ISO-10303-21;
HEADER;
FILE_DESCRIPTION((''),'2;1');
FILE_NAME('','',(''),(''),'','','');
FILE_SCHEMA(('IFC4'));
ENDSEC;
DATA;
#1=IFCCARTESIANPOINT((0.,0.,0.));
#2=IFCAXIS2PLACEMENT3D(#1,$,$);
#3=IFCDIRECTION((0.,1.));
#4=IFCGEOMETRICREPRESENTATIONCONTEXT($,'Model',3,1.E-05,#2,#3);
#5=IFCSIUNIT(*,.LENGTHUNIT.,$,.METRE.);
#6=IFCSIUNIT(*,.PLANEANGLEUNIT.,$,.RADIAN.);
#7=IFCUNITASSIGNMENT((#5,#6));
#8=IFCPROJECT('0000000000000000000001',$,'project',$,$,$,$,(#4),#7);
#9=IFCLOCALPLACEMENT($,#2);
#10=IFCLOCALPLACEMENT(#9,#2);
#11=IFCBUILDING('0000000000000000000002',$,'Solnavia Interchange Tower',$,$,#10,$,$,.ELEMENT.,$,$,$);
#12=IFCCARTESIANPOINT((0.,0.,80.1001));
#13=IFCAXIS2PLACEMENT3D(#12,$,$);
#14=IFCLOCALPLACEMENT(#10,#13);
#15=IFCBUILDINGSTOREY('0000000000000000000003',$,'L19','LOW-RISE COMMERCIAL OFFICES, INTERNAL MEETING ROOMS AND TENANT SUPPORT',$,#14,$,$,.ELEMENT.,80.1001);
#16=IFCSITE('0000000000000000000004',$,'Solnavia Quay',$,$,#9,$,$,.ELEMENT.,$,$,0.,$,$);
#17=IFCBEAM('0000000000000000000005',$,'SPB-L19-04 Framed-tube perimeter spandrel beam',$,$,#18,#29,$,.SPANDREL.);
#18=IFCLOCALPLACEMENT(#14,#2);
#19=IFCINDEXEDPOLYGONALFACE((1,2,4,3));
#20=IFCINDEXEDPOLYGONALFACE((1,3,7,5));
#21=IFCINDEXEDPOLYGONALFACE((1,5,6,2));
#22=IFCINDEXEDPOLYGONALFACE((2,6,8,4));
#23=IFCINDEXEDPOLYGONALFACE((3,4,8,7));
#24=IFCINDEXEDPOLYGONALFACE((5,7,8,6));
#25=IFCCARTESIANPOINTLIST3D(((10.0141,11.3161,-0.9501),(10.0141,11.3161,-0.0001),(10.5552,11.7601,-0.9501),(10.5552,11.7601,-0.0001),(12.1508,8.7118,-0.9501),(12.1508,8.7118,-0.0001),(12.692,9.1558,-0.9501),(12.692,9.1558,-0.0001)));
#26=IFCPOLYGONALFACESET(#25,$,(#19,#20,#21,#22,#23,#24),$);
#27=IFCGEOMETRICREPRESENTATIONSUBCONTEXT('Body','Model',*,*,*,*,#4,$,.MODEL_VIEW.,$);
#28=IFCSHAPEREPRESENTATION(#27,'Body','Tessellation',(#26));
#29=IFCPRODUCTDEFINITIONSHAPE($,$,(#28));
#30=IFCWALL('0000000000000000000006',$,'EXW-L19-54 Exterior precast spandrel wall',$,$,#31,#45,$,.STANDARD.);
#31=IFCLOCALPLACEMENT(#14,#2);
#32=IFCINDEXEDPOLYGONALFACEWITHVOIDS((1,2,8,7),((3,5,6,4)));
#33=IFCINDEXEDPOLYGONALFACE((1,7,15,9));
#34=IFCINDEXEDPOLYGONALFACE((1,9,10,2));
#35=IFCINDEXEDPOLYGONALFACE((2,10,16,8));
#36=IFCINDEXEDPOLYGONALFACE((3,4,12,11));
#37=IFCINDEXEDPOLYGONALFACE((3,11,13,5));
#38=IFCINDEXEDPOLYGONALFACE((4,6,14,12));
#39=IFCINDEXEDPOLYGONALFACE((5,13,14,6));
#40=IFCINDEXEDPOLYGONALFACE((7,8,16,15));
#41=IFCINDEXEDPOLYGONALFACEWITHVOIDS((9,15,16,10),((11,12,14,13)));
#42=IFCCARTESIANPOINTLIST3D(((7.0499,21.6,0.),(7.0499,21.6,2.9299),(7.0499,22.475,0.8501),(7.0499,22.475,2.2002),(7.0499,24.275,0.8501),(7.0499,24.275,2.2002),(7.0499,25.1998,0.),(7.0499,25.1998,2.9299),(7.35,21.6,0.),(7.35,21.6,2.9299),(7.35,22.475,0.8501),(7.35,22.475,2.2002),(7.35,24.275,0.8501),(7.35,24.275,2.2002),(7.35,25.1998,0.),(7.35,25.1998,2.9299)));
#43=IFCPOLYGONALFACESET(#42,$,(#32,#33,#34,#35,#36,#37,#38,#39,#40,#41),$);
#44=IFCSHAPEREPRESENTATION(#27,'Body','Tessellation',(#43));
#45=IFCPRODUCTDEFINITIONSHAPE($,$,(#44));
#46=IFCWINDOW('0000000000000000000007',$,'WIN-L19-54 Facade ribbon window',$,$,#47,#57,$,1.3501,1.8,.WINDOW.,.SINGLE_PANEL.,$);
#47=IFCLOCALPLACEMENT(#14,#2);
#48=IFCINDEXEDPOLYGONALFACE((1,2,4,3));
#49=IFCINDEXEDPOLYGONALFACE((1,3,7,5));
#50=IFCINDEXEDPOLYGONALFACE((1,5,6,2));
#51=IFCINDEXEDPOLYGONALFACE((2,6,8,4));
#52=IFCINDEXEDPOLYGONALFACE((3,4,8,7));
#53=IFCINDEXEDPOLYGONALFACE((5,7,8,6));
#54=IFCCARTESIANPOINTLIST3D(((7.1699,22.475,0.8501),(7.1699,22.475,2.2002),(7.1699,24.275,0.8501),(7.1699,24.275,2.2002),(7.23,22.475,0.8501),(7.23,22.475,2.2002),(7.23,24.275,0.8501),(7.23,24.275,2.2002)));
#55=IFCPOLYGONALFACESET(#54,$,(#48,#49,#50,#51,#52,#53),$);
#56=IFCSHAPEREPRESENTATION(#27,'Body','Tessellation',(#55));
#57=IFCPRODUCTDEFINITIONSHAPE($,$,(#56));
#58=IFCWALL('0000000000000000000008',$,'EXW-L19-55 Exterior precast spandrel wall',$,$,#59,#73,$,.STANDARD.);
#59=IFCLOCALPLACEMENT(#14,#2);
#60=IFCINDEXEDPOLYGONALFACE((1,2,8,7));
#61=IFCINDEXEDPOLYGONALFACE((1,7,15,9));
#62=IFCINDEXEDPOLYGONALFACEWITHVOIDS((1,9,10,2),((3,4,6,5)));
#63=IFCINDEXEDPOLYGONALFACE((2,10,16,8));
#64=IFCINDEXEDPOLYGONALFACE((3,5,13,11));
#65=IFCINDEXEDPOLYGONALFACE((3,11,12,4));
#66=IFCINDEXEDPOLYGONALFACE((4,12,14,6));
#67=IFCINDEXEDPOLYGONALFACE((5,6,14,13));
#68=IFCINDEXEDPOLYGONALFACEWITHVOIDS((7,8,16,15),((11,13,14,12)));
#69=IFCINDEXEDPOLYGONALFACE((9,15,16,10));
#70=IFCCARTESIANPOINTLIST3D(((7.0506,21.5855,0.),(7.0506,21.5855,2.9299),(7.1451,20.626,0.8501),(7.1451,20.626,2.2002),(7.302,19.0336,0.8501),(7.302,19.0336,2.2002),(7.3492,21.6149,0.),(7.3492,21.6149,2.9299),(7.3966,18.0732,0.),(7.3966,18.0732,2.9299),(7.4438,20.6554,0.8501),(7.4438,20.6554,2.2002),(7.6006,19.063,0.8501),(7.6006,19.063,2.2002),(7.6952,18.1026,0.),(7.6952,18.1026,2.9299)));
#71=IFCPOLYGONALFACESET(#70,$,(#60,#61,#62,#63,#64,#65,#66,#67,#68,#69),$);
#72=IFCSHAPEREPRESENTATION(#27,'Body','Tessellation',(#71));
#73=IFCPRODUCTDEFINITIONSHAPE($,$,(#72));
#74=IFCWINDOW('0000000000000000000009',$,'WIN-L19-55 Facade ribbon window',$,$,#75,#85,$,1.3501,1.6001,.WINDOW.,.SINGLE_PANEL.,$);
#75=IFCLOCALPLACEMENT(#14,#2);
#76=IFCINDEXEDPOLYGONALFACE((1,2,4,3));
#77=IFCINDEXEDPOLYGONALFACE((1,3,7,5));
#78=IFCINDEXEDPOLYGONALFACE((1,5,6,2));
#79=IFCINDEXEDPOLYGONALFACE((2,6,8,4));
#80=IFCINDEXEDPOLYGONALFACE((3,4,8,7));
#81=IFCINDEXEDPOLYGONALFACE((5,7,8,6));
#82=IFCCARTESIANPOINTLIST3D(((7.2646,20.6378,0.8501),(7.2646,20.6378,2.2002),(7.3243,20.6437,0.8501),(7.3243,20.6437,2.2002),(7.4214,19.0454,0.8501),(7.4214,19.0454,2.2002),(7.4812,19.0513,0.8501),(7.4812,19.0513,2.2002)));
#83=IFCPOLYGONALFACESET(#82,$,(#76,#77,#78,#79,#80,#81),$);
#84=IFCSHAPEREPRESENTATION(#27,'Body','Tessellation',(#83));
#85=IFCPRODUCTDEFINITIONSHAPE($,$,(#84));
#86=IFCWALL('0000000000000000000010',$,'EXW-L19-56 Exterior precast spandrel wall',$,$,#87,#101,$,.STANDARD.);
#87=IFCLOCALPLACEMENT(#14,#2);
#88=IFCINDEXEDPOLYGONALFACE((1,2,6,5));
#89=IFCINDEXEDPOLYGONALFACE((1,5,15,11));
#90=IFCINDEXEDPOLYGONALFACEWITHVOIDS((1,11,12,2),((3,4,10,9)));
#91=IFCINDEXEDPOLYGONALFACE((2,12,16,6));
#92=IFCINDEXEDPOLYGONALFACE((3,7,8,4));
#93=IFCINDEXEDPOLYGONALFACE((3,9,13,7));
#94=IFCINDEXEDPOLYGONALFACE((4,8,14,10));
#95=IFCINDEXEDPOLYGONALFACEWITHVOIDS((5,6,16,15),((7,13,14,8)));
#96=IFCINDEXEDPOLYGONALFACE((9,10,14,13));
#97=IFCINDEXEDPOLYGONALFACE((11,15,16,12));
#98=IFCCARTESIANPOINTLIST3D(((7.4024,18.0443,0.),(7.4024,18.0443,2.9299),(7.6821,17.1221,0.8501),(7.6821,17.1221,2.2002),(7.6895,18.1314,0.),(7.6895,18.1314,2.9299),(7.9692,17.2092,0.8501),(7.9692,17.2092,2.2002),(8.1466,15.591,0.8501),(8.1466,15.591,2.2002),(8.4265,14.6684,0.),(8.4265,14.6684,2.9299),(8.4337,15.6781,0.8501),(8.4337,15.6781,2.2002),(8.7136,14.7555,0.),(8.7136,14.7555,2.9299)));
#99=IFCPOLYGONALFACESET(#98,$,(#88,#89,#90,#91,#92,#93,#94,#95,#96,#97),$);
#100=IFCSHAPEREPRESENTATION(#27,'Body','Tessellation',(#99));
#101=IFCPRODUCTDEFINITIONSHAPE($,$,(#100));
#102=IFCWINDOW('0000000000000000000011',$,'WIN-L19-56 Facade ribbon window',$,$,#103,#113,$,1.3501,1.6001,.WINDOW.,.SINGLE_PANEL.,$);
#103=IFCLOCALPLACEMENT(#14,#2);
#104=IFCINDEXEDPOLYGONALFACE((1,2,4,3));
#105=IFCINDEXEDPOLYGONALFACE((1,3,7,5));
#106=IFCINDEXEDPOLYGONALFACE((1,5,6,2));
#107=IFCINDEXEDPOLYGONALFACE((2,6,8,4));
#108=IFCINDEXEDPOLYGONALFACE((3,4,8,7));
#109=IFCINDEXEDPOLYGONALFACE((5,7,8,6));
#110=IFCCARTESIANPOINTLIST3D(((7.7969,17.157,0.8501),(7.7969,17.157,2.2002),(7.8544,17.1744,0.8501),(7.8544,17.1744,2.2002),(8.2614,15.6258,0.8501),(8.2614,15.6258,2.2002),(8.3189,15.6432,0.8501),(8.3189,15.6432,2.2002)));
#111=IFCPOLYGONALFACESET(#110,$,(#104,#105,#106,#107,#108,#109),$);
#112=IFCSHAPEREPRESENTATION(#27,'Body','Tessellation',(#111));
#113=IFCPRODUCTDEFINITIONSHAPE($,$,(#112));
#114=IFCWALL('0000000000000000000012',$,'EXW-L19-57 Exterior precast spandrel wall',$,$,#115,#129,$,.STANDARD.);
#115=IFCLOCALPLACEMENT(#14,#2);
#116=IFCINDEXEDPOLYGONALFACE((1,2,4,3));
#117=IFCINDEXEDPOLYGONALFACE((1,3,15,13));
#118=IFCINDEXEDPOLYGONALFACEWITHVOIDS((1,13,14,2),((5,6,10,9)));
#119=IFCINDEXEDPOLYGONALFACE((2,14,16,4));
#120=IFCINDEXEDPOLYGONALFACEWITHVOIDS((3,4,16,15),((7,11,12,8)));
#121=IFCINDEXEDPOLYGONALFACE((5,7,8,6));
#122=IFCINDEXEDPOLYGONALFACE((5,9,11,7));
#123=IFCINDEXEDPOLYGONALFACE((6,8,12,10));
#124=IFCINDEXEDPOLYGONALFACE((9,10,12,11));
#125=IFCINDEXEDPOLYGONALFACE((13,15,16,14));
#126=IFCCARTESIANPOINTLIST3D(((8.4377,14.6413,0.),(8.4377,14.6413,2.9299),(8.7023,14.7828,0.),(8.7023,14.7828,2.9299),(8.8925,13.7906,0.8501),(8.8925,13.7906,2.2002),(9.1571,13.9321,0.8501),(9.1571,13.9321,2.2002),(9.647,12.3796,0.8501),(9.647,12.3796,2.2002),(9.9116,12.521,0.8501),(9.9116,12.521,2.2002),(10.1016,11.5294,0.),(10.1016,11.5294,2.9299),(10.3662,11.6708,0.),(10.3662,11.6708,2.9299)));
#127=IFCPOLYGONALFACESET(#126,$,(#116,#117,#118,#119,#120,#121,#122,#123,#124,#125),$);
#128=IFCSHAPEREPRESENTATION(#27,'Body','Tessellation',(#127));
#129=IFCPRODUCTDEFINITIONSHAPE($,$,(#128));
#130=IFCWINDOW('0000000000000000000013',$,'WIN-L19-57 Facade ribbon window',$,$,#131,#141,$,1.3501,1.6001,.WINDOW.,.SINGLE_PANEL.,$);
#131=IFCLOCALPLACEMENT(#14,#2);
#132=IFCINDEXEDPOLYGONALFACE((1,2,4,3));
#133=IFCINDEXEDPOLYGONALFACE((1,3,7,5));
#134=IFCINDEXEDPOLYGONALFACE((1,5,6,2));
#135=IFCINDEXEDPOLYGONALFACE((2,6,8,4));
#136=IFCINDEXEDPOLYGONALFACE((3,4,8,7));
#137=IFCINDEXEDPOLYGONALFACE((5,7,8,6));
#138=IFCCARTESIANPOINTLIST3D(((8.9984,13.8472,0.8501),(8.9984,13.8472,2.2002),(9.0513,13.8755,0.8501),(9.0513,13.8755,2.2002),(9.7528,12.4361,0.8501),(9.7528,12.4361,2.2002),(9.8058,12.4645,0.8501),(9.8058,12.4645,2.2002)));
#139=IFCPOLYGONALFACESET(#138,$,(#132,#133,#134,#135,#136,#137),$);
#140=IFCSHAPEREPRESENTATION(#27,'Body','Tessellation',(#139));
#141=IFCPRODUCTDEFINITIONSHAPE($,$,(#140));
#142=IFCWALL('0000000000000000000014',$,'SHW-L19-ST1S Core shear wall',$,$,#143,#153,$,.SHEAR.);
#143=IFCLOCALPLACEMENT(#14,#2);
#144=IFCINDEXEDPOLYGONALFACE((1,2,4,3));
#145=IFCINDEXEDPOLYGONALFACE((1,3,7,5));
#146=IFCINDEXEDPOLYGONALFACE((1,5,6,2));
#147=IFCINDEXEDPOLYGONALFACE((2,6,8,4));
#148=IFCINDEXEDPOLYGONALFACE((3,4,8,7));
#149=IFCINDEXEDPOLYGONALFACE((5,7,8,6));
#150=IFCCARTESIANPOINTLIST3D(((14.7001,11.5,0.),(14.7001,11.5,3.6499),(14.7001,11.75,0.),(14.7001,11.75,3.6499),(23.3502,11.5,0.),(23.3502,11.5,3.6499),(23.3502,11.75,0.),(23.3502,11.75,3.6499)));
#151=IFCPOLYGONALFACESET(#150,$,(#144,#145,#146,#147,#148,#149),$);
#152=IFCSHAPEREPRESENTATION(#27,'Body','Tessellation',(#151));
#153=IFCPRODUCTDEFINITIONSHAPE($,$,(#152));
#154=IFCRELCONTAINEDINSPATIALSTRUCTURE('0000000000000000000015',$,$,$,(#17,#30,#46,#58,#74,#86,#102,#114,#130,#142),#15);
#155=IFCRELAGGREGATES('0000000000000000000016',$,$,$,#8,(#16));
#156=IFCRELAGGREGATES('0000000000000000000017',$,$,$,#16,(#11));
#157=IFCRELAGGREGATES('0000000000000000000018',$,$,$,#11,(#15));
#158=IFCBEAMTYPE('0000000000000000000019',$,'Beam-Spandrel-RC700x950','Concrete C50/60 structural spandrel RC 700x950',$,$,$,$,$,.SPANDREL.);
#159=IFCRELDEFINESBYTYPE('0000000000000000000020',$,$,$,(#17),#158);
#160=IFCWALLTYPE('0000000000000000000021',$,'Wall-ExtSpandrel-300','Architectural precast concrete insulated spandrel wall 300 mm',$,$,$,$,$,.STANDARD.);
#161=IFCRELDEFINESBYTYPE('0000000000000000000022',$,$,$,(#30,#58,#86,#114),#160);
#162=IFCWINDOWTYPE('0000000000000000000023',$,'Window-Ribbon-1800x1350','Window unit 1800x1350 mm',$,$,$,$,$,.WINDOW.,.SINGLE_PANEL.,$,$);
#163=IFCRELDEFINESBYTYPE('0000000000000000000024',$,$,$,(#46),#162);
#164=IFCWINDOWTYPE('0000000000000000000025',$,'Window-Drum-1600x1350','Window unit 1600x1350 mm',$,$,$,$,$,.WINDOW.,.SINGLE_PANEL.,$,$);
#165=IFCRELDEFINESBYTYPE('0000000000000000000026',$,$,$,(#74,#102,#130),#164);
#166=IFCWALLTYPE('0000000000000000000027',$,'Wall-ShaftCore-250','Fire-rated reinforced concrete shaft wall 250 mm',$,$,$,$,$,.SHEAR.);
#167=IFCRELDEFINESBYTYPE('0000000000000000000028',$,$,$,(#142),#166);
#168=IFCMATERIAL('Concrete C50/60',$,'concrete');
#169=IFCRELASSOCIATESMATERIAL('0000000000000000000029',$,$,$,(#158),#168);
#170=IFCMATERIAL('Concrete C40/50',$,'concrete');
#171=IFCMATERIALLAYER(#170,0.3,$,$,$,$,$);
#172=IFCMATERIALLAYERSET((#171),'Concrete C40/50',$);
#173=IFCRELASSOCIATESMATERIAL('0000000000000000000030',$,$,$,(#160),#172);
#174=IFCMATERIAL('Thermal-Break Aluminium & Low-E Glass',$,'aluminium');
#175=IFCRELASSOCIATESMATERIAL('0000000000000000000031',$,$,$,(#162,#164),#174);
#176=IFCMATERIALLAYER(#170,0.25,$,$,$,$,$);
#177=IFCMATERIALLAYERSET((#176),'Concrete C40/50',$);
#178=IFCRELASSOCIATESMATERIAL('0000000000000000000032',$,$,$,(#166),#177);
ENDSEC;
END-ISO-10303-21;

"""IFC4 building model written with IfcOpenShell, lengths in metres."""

from ifc_helpers import new_model, si_unit, direction, frame, frame_2d, origin, origin_2d, place, context, subcontext, project, spatial, rectangle, extrude, material, layer, layer_set, material_profile, profile_set, type_object, element, fill, save


model = new_model("IFC4")

# Units and contexts
model_context = context("Model", 3, precision=1e-05, world=origin(), true_north=direction((0.0, 1.0)))
body_context = subcontext(model_context, "Body", "Model", "MODEL_VIEW")
ifc_project = project(units=[si_unit("LENGTHUNIT", "METRE"), si_unit("PLANEANGLEUNIT", "RADIAN")], contexts=[model_context])

# Site, building, storey
site_placement = place(None, origin())
site = spatial("IfcSite", under=ifc_project, at=site_placement, Name="Solnavia Quay", CompositionType="ELEMENT", RefElevation=0.0)
building_placement = place(site_placement, origin())
building = spatial("IfcBuilding", under=site, at=building_placement, Name="Solnavia Interchange Tower", CompositionType="ELEMENT")
storey_placement = place(building_placement, frame((0.0, 0.0, 80.1001)))
storey = spatial("IfcBuildingStorey", under=building, at=storey_placement, Name="L19", Description="LOW-RISE COMMERCIAL OFFICES, INTERNAL MEETING ROOMS AND TENANT SUPPORT", CompositionType="ELEMENT", Elevation=80.1001)

# Beam
ifc_material_1 = material(Name="Concrete C50/60", Category="concrete")
ifc_material_profile_1 = material_profile(ifc_material_1, rectangle(XDim=0.7, YDim=0.95, at=origin_2d()), Name="RC 700x950")
ifc_profile_set_1 = profile_set([ifc_material_profile_1], Name="Concrete C50/60")
beam_type_1 = type_object("IfcBeamType", Name="Beam-Spandrel-RC700x950", Description="Concrete C50/60 structural spandrel RC 700x950", PredefinedType="SPANDREL", material=ifc_profile_set_1)
beam_1_placement = place(storey_placement, frame((10.2847, 11.5381, -0.4751), z_axis=(0.634299, -0.773088, 0.0), x_axis=(0.773088, 0.634299, 0.0)))
element("IfcBeam", 1, at=beam_1_placement, inside=storey, type_object=beam_type_1, Name="SPB-L19-04 Framed-tube perimeter spandrel beam", PredefinedType="SPANDREL", context=body_context, shape_type="SweptSolid", body=[
    extrude(rectangle(XDim=0.7, YDim=0.95, at=origin_2d()), origin(), (0.0, 0.0, 1.0), 3.3687),
])

# Walls, openings, windows
ifc_material_2 = material(Name="Concrete C40/50", Category="concrete")
ifc_layer_1 = layer(ifc_material_2, 0.3)
ifc_layer_set_1 = layer_set([ifc_layer_1], Name="Concrete C40/50")
wall_type_1 = type_object("IfcWallType", Name="Wall-ExtSpandrel-300", Description="Architectural precast concrete insulated spandrel wall 300 mm", PredefinedType="STANDARD", material=ifc_layer_set_1)
wall_1_placement = place(storey_placement, frame((7.2, 21.6001, 0.0), z_axis=(0.0, 0.0, 1.0), x_axis=(0.0, 1.0, 0.0)))
wall_1 = element("IfcWall", 2, at=wall_1_placement, inside=storey, type_object=wall_type_1, Name="EXW-L19-54 Exterior precast spandrel wall", PredefinedType="STANDARD", context=body_context, shape_type="SweptSolid", body=[
    extrude(rectangle(XDim=3.5999, YDim=0.3, at=frame_2d((1.7998, 0.0))), origin(), (0.0, 0.0, 1.0), 2.9299),
])
opening_1_placement = place(wall_1_placement, frame((0.875, 0.0, 0.8501)))
opening_1 = element("IfcOpeningElement", 3, at=opening_1_placement, cuts=wall_1, PredefinedType="OPENING", context=body_context, shape_type="SweptSolid", body=[
    extrude(rectangle(XDim=1.8, YDim=1.3501, at=frame_2d((0.8999, 0.675))), frame((0.0, 0.1602, 0.0), z_axis=(0.0, -1.0, 0.0), x_axis=(1.0, 0.0, 0.0)), (0.0, 0.0, 1.0), 0.3201),
])
ifc_material_3 = material(Name="Thermal-Break Aluminium & Low-E Glass", Category="aluminium")
window_type_1 = type_object("IfcWindowType", Name="Window-Ribbon-1800x1350", Description="Window unit 1800x1350 mm", PartitioningType="SINGLE_PANEL", PredefinedType="WINDOW", material=ifc_material_3)
window_1_placement = place(opening_1_placement, origin())
window_1 = element("IfcWindow", 4, at=window_1_placement, inside=storey, type_object=window_type_1, Name="WIN-L19-54 Facade ribbon window", OverallHeight=1.3501, OverallWidth=1.8, PartitioningType="SINGLE_PANEL", PredefinedType="WINDOW", context=body_context, shape_type="SweptSolid", body=[
    extrude(rectangle(XDim=1.8, YDim=1.3501, at=frame_2d((0.8999, 0.675))), frame((0.0, 0.03, 0.0), z_axis=(0.0, -1.0, 0.0), x_axis=(1.0, 0.0, 0.0)), (0.0, 0.0, 1.0), 0.0601),
])
fill(opening_1, window_1)
wall_2_placement = place(storey_placement, frame((7.5459, 18.0879, 0.0), z_axis=(0.0, 0.0, 1.0), x_axis=(-0.098024, 0.995184, 0.0)))
wall_2 = element("IfcWall", 5, at=wall_2_placement, inside=storey, type_object=wall_type_1, Name="EXW-L19-55 Exterior precast spandrel wall", PredefinedType="STANDARD", context=body_context, shape_type="SweptSolid", body=[
    extrude(rectangle(XDim=3.5293, YDim=0.3, at=frame_2d((1.7646, 0.0))), origin(), (0.0, 0.0, 1.0), 2.9299),
])
opening_2_placement = place(wall_2_placement, frame((0.9651, 0.0, 0.8501)))
opening_2 = element("IfcOpeningElement", 6, at=opening_2_placement, cuts=wall_2, PredefinedType="OPENING", context=body_context, shape_type="SweptSolid", body=[
    extrude(rectangle(XDim=1.6001, YDim=1.3501, at=frame_2d((0.8, 0.675))), frame((0.0, 0.1602, 0.0), z_axis=(0.0, -1.0, 0.0), x_axis=(1.0, 0.0, 0.0)), (0.0, 0.0, 1.0), 0.3201),
])
window_type_2 = type_object("IfcWindowType", Name="Window-Drum-1600x1350", Description="Window unit 1600x1350 mm", PartitioningType="SINGLE_PANEL", PredefinedType="WINDOW", material=ifc_material_3)
window_2_placement = place(opening_2_placement, origin())
window_2 = element("IfcWindow", 7, at=window_2_placement, inside=storey, type_object=window_type_2, Name="WIN-L19-55 Facade ribbon window", OverallHeight=1.3501, OverallWidth=1.6001, PartitioningType="SINGLE_PANEL", PredefinedType="WINDOW", context=body_context, shape_type="SweptSolid", body=[
    extrude(rectangle(XDim=1.6001, YDim=1.3501, at=frame_2d((0.8, 0.675))), frame((0.0, 0.03, 0.0), z_axis=(0.0, -1.0, 0.0), x_axis=(1.0, 0.0, 0.0)), (0.0, 0.0, 1.0), 0.0601),
])
fill(opening_2, window_2)
wall_3_placement = place(storey_placement, frame((8.5701, 14.7119, 0.0), z_axis=(0.0, 0.0, 1.0), x_axis=(-0.290305, 0.956934, 0.0)))
wall_3 = element("IfcWall", 8, at=wall_3_placement, inside=storey, type_object=wall_type_1, Name="EXW-L19-56 Exterior precast spandrel wall", PredefinedType="STANDARD", context=body_context, shape_type="SweptSolid", body=[
    extrude(rectangle(XDim=3.5278, YDim=0.3, at=frame_2d((1.7639, 0.0))), origin(), (0.0, 0.0, 1.0), 2.9299),
])
opening_3_placement = place(wall_3_placement, frame((0.9641, 0.0, 0.8501)))
opening_3 = element("IfcOpeningElement", 9, at=opening_3_placement, cuts=wall_3, PredefinedType="OPENING", context=body_context, shape_type="SweptSolid", body=[
    extrude(rectangle(XDim=1.6001, YDim=1.3501, at=frame_2d((0.8, 0.675))), frame((0.0, 0.1602, 0.0), z_axis=(0.0, -1.0, 0.0), x_axis=(1.0, 0.0, 0.0)), (0.0, 0.0, 1.0), 0.3201),
])
window_3_placement = place(opening_3_placement, origin())
window_3 = element("IfcWindow", 10, at=window_3_placement, inside=storey, type_object=window_type_2, Name="WIN-L19-56 Facade ribbon window", OverallHeight=1.3501, OverallWidth=1.6001, PartitioningType="SINGLE_PANEL", PredefinedType="WINDOW", context=body_context, shape_type="SweptSolid", body=[
    extrude(rectangle(XDim=1.6001, YDim=1.3501, at=frame_2d((0.8, 0.675))), frame((0.0, 0.03, 0.0), z_axis=(0.0, -1.0, 0.0), x_axis=(1.0, 0.0, 0.0)), (0.0, 0.0, 1.0), 0.0601),
])
fill(opening_3, window_3)
wall_4_placement = place(storey_placement, frame((10.2339, 11.6001, 0.0), z_axis=(0.0, 0.0, 1.0), x_axis=(-0.471511, 0.88186, 0.0)))
wall_4 = element("IfcWall", 11, at=wall_4_placement, inside=storey, type_object=wall_type_1, Name="EXW-L19-57 Exterior precast spandrel wall", PredefinedType="STANDARD", context=body_context, shape_type="SweptSolid", body=[
    extrude(rectangle(XDim=3.5288, YDim=0.3, at=frame_2d((1.7644, 0.0))), origin(), (0.0, 0.0, 1.0), 2.9299),
])
opening_4_placement = place(wall_4_placement, frame((0.9641, 0.0, 0.8501)))
opening_4 = element("IfcOpeningElement", 12, at=opening_4_placement, cuts=wall_4, PredefinedType="OPENING", context=body_context, shape_type="SweptSolid", body=[
    extrude(rectangle(XDim=1.6001, YDim=1.3501, at=frame_2d((0.8, 0.675))), frame((0.0, 0.1602, 0.0), z_axis=(0.0, -1.0, 0.0), x_axis=(1.0, 0.0, 0.0)), (0.0, 0.0, 1.0), 0.3201),
])
window_4_placement = place(opening_4_placement, origin())
window_4 = element("IfcWindow", 13, at=window_4_placement, inside=storey, type_object=window_type_2, Name="WIN-L19-57 Facade ribbon window", OverallHeight=1.3501, OverallWidth=1.6001, PartitioningType="SINGLE_PANEL", PredefinedType="WINDOW", context=body_context, shape_type="SweptSolid", body=[
    extrude(rectangle(XDim=1.6001, YDim=1.3501, at=frame_2d((0.8, 0.675))), frame((0.0, 0.03, 0.0), z_axis=(0.0, -1.0, 0.0), x_axis=(1.0, 0.0, 0.0)), (0.0, 0.0, 1.0), 0.0601),
])
fill(opening_4, window_4)

# Wall
ifc_layer_2 = layer(ifc_material_2, 0.25)
ifc_layer_set_2 = layer_set([ifc_layer_2], Name="Concrete C40/50")
wall_type_2 = type_object("IfcWallType", Name="Wall-ShaftCore-250", Description="Fire-rated reinforced concrete shaft wall 250 mm", PredefinedType="SHEAR", material=ifc_layer_set_2)
wall_5_placement = place(storey_placement, frame((14.7, 11.625, 0.0), z_axis=(0.0, 0.0, 1.0), x_axis=(1.0, 0.0, 0.0)))
element("IfcWall", 14, at=wall_5_placement, inside=storey, type_object=wall_type_2, Name="SHW-L19-ST1S Core shear wall", PredefinedType="SHEAR", context=body_context, shape_type="SweptSolid", body=[
    extrude(rectangle(XDim=8.6501, YDim=0.25, at=frame_2d((4.3252, 0.0))), origin(), (0.0, 0.0, 1.0), 3.6499),
])

save(model, "model.ifc")
